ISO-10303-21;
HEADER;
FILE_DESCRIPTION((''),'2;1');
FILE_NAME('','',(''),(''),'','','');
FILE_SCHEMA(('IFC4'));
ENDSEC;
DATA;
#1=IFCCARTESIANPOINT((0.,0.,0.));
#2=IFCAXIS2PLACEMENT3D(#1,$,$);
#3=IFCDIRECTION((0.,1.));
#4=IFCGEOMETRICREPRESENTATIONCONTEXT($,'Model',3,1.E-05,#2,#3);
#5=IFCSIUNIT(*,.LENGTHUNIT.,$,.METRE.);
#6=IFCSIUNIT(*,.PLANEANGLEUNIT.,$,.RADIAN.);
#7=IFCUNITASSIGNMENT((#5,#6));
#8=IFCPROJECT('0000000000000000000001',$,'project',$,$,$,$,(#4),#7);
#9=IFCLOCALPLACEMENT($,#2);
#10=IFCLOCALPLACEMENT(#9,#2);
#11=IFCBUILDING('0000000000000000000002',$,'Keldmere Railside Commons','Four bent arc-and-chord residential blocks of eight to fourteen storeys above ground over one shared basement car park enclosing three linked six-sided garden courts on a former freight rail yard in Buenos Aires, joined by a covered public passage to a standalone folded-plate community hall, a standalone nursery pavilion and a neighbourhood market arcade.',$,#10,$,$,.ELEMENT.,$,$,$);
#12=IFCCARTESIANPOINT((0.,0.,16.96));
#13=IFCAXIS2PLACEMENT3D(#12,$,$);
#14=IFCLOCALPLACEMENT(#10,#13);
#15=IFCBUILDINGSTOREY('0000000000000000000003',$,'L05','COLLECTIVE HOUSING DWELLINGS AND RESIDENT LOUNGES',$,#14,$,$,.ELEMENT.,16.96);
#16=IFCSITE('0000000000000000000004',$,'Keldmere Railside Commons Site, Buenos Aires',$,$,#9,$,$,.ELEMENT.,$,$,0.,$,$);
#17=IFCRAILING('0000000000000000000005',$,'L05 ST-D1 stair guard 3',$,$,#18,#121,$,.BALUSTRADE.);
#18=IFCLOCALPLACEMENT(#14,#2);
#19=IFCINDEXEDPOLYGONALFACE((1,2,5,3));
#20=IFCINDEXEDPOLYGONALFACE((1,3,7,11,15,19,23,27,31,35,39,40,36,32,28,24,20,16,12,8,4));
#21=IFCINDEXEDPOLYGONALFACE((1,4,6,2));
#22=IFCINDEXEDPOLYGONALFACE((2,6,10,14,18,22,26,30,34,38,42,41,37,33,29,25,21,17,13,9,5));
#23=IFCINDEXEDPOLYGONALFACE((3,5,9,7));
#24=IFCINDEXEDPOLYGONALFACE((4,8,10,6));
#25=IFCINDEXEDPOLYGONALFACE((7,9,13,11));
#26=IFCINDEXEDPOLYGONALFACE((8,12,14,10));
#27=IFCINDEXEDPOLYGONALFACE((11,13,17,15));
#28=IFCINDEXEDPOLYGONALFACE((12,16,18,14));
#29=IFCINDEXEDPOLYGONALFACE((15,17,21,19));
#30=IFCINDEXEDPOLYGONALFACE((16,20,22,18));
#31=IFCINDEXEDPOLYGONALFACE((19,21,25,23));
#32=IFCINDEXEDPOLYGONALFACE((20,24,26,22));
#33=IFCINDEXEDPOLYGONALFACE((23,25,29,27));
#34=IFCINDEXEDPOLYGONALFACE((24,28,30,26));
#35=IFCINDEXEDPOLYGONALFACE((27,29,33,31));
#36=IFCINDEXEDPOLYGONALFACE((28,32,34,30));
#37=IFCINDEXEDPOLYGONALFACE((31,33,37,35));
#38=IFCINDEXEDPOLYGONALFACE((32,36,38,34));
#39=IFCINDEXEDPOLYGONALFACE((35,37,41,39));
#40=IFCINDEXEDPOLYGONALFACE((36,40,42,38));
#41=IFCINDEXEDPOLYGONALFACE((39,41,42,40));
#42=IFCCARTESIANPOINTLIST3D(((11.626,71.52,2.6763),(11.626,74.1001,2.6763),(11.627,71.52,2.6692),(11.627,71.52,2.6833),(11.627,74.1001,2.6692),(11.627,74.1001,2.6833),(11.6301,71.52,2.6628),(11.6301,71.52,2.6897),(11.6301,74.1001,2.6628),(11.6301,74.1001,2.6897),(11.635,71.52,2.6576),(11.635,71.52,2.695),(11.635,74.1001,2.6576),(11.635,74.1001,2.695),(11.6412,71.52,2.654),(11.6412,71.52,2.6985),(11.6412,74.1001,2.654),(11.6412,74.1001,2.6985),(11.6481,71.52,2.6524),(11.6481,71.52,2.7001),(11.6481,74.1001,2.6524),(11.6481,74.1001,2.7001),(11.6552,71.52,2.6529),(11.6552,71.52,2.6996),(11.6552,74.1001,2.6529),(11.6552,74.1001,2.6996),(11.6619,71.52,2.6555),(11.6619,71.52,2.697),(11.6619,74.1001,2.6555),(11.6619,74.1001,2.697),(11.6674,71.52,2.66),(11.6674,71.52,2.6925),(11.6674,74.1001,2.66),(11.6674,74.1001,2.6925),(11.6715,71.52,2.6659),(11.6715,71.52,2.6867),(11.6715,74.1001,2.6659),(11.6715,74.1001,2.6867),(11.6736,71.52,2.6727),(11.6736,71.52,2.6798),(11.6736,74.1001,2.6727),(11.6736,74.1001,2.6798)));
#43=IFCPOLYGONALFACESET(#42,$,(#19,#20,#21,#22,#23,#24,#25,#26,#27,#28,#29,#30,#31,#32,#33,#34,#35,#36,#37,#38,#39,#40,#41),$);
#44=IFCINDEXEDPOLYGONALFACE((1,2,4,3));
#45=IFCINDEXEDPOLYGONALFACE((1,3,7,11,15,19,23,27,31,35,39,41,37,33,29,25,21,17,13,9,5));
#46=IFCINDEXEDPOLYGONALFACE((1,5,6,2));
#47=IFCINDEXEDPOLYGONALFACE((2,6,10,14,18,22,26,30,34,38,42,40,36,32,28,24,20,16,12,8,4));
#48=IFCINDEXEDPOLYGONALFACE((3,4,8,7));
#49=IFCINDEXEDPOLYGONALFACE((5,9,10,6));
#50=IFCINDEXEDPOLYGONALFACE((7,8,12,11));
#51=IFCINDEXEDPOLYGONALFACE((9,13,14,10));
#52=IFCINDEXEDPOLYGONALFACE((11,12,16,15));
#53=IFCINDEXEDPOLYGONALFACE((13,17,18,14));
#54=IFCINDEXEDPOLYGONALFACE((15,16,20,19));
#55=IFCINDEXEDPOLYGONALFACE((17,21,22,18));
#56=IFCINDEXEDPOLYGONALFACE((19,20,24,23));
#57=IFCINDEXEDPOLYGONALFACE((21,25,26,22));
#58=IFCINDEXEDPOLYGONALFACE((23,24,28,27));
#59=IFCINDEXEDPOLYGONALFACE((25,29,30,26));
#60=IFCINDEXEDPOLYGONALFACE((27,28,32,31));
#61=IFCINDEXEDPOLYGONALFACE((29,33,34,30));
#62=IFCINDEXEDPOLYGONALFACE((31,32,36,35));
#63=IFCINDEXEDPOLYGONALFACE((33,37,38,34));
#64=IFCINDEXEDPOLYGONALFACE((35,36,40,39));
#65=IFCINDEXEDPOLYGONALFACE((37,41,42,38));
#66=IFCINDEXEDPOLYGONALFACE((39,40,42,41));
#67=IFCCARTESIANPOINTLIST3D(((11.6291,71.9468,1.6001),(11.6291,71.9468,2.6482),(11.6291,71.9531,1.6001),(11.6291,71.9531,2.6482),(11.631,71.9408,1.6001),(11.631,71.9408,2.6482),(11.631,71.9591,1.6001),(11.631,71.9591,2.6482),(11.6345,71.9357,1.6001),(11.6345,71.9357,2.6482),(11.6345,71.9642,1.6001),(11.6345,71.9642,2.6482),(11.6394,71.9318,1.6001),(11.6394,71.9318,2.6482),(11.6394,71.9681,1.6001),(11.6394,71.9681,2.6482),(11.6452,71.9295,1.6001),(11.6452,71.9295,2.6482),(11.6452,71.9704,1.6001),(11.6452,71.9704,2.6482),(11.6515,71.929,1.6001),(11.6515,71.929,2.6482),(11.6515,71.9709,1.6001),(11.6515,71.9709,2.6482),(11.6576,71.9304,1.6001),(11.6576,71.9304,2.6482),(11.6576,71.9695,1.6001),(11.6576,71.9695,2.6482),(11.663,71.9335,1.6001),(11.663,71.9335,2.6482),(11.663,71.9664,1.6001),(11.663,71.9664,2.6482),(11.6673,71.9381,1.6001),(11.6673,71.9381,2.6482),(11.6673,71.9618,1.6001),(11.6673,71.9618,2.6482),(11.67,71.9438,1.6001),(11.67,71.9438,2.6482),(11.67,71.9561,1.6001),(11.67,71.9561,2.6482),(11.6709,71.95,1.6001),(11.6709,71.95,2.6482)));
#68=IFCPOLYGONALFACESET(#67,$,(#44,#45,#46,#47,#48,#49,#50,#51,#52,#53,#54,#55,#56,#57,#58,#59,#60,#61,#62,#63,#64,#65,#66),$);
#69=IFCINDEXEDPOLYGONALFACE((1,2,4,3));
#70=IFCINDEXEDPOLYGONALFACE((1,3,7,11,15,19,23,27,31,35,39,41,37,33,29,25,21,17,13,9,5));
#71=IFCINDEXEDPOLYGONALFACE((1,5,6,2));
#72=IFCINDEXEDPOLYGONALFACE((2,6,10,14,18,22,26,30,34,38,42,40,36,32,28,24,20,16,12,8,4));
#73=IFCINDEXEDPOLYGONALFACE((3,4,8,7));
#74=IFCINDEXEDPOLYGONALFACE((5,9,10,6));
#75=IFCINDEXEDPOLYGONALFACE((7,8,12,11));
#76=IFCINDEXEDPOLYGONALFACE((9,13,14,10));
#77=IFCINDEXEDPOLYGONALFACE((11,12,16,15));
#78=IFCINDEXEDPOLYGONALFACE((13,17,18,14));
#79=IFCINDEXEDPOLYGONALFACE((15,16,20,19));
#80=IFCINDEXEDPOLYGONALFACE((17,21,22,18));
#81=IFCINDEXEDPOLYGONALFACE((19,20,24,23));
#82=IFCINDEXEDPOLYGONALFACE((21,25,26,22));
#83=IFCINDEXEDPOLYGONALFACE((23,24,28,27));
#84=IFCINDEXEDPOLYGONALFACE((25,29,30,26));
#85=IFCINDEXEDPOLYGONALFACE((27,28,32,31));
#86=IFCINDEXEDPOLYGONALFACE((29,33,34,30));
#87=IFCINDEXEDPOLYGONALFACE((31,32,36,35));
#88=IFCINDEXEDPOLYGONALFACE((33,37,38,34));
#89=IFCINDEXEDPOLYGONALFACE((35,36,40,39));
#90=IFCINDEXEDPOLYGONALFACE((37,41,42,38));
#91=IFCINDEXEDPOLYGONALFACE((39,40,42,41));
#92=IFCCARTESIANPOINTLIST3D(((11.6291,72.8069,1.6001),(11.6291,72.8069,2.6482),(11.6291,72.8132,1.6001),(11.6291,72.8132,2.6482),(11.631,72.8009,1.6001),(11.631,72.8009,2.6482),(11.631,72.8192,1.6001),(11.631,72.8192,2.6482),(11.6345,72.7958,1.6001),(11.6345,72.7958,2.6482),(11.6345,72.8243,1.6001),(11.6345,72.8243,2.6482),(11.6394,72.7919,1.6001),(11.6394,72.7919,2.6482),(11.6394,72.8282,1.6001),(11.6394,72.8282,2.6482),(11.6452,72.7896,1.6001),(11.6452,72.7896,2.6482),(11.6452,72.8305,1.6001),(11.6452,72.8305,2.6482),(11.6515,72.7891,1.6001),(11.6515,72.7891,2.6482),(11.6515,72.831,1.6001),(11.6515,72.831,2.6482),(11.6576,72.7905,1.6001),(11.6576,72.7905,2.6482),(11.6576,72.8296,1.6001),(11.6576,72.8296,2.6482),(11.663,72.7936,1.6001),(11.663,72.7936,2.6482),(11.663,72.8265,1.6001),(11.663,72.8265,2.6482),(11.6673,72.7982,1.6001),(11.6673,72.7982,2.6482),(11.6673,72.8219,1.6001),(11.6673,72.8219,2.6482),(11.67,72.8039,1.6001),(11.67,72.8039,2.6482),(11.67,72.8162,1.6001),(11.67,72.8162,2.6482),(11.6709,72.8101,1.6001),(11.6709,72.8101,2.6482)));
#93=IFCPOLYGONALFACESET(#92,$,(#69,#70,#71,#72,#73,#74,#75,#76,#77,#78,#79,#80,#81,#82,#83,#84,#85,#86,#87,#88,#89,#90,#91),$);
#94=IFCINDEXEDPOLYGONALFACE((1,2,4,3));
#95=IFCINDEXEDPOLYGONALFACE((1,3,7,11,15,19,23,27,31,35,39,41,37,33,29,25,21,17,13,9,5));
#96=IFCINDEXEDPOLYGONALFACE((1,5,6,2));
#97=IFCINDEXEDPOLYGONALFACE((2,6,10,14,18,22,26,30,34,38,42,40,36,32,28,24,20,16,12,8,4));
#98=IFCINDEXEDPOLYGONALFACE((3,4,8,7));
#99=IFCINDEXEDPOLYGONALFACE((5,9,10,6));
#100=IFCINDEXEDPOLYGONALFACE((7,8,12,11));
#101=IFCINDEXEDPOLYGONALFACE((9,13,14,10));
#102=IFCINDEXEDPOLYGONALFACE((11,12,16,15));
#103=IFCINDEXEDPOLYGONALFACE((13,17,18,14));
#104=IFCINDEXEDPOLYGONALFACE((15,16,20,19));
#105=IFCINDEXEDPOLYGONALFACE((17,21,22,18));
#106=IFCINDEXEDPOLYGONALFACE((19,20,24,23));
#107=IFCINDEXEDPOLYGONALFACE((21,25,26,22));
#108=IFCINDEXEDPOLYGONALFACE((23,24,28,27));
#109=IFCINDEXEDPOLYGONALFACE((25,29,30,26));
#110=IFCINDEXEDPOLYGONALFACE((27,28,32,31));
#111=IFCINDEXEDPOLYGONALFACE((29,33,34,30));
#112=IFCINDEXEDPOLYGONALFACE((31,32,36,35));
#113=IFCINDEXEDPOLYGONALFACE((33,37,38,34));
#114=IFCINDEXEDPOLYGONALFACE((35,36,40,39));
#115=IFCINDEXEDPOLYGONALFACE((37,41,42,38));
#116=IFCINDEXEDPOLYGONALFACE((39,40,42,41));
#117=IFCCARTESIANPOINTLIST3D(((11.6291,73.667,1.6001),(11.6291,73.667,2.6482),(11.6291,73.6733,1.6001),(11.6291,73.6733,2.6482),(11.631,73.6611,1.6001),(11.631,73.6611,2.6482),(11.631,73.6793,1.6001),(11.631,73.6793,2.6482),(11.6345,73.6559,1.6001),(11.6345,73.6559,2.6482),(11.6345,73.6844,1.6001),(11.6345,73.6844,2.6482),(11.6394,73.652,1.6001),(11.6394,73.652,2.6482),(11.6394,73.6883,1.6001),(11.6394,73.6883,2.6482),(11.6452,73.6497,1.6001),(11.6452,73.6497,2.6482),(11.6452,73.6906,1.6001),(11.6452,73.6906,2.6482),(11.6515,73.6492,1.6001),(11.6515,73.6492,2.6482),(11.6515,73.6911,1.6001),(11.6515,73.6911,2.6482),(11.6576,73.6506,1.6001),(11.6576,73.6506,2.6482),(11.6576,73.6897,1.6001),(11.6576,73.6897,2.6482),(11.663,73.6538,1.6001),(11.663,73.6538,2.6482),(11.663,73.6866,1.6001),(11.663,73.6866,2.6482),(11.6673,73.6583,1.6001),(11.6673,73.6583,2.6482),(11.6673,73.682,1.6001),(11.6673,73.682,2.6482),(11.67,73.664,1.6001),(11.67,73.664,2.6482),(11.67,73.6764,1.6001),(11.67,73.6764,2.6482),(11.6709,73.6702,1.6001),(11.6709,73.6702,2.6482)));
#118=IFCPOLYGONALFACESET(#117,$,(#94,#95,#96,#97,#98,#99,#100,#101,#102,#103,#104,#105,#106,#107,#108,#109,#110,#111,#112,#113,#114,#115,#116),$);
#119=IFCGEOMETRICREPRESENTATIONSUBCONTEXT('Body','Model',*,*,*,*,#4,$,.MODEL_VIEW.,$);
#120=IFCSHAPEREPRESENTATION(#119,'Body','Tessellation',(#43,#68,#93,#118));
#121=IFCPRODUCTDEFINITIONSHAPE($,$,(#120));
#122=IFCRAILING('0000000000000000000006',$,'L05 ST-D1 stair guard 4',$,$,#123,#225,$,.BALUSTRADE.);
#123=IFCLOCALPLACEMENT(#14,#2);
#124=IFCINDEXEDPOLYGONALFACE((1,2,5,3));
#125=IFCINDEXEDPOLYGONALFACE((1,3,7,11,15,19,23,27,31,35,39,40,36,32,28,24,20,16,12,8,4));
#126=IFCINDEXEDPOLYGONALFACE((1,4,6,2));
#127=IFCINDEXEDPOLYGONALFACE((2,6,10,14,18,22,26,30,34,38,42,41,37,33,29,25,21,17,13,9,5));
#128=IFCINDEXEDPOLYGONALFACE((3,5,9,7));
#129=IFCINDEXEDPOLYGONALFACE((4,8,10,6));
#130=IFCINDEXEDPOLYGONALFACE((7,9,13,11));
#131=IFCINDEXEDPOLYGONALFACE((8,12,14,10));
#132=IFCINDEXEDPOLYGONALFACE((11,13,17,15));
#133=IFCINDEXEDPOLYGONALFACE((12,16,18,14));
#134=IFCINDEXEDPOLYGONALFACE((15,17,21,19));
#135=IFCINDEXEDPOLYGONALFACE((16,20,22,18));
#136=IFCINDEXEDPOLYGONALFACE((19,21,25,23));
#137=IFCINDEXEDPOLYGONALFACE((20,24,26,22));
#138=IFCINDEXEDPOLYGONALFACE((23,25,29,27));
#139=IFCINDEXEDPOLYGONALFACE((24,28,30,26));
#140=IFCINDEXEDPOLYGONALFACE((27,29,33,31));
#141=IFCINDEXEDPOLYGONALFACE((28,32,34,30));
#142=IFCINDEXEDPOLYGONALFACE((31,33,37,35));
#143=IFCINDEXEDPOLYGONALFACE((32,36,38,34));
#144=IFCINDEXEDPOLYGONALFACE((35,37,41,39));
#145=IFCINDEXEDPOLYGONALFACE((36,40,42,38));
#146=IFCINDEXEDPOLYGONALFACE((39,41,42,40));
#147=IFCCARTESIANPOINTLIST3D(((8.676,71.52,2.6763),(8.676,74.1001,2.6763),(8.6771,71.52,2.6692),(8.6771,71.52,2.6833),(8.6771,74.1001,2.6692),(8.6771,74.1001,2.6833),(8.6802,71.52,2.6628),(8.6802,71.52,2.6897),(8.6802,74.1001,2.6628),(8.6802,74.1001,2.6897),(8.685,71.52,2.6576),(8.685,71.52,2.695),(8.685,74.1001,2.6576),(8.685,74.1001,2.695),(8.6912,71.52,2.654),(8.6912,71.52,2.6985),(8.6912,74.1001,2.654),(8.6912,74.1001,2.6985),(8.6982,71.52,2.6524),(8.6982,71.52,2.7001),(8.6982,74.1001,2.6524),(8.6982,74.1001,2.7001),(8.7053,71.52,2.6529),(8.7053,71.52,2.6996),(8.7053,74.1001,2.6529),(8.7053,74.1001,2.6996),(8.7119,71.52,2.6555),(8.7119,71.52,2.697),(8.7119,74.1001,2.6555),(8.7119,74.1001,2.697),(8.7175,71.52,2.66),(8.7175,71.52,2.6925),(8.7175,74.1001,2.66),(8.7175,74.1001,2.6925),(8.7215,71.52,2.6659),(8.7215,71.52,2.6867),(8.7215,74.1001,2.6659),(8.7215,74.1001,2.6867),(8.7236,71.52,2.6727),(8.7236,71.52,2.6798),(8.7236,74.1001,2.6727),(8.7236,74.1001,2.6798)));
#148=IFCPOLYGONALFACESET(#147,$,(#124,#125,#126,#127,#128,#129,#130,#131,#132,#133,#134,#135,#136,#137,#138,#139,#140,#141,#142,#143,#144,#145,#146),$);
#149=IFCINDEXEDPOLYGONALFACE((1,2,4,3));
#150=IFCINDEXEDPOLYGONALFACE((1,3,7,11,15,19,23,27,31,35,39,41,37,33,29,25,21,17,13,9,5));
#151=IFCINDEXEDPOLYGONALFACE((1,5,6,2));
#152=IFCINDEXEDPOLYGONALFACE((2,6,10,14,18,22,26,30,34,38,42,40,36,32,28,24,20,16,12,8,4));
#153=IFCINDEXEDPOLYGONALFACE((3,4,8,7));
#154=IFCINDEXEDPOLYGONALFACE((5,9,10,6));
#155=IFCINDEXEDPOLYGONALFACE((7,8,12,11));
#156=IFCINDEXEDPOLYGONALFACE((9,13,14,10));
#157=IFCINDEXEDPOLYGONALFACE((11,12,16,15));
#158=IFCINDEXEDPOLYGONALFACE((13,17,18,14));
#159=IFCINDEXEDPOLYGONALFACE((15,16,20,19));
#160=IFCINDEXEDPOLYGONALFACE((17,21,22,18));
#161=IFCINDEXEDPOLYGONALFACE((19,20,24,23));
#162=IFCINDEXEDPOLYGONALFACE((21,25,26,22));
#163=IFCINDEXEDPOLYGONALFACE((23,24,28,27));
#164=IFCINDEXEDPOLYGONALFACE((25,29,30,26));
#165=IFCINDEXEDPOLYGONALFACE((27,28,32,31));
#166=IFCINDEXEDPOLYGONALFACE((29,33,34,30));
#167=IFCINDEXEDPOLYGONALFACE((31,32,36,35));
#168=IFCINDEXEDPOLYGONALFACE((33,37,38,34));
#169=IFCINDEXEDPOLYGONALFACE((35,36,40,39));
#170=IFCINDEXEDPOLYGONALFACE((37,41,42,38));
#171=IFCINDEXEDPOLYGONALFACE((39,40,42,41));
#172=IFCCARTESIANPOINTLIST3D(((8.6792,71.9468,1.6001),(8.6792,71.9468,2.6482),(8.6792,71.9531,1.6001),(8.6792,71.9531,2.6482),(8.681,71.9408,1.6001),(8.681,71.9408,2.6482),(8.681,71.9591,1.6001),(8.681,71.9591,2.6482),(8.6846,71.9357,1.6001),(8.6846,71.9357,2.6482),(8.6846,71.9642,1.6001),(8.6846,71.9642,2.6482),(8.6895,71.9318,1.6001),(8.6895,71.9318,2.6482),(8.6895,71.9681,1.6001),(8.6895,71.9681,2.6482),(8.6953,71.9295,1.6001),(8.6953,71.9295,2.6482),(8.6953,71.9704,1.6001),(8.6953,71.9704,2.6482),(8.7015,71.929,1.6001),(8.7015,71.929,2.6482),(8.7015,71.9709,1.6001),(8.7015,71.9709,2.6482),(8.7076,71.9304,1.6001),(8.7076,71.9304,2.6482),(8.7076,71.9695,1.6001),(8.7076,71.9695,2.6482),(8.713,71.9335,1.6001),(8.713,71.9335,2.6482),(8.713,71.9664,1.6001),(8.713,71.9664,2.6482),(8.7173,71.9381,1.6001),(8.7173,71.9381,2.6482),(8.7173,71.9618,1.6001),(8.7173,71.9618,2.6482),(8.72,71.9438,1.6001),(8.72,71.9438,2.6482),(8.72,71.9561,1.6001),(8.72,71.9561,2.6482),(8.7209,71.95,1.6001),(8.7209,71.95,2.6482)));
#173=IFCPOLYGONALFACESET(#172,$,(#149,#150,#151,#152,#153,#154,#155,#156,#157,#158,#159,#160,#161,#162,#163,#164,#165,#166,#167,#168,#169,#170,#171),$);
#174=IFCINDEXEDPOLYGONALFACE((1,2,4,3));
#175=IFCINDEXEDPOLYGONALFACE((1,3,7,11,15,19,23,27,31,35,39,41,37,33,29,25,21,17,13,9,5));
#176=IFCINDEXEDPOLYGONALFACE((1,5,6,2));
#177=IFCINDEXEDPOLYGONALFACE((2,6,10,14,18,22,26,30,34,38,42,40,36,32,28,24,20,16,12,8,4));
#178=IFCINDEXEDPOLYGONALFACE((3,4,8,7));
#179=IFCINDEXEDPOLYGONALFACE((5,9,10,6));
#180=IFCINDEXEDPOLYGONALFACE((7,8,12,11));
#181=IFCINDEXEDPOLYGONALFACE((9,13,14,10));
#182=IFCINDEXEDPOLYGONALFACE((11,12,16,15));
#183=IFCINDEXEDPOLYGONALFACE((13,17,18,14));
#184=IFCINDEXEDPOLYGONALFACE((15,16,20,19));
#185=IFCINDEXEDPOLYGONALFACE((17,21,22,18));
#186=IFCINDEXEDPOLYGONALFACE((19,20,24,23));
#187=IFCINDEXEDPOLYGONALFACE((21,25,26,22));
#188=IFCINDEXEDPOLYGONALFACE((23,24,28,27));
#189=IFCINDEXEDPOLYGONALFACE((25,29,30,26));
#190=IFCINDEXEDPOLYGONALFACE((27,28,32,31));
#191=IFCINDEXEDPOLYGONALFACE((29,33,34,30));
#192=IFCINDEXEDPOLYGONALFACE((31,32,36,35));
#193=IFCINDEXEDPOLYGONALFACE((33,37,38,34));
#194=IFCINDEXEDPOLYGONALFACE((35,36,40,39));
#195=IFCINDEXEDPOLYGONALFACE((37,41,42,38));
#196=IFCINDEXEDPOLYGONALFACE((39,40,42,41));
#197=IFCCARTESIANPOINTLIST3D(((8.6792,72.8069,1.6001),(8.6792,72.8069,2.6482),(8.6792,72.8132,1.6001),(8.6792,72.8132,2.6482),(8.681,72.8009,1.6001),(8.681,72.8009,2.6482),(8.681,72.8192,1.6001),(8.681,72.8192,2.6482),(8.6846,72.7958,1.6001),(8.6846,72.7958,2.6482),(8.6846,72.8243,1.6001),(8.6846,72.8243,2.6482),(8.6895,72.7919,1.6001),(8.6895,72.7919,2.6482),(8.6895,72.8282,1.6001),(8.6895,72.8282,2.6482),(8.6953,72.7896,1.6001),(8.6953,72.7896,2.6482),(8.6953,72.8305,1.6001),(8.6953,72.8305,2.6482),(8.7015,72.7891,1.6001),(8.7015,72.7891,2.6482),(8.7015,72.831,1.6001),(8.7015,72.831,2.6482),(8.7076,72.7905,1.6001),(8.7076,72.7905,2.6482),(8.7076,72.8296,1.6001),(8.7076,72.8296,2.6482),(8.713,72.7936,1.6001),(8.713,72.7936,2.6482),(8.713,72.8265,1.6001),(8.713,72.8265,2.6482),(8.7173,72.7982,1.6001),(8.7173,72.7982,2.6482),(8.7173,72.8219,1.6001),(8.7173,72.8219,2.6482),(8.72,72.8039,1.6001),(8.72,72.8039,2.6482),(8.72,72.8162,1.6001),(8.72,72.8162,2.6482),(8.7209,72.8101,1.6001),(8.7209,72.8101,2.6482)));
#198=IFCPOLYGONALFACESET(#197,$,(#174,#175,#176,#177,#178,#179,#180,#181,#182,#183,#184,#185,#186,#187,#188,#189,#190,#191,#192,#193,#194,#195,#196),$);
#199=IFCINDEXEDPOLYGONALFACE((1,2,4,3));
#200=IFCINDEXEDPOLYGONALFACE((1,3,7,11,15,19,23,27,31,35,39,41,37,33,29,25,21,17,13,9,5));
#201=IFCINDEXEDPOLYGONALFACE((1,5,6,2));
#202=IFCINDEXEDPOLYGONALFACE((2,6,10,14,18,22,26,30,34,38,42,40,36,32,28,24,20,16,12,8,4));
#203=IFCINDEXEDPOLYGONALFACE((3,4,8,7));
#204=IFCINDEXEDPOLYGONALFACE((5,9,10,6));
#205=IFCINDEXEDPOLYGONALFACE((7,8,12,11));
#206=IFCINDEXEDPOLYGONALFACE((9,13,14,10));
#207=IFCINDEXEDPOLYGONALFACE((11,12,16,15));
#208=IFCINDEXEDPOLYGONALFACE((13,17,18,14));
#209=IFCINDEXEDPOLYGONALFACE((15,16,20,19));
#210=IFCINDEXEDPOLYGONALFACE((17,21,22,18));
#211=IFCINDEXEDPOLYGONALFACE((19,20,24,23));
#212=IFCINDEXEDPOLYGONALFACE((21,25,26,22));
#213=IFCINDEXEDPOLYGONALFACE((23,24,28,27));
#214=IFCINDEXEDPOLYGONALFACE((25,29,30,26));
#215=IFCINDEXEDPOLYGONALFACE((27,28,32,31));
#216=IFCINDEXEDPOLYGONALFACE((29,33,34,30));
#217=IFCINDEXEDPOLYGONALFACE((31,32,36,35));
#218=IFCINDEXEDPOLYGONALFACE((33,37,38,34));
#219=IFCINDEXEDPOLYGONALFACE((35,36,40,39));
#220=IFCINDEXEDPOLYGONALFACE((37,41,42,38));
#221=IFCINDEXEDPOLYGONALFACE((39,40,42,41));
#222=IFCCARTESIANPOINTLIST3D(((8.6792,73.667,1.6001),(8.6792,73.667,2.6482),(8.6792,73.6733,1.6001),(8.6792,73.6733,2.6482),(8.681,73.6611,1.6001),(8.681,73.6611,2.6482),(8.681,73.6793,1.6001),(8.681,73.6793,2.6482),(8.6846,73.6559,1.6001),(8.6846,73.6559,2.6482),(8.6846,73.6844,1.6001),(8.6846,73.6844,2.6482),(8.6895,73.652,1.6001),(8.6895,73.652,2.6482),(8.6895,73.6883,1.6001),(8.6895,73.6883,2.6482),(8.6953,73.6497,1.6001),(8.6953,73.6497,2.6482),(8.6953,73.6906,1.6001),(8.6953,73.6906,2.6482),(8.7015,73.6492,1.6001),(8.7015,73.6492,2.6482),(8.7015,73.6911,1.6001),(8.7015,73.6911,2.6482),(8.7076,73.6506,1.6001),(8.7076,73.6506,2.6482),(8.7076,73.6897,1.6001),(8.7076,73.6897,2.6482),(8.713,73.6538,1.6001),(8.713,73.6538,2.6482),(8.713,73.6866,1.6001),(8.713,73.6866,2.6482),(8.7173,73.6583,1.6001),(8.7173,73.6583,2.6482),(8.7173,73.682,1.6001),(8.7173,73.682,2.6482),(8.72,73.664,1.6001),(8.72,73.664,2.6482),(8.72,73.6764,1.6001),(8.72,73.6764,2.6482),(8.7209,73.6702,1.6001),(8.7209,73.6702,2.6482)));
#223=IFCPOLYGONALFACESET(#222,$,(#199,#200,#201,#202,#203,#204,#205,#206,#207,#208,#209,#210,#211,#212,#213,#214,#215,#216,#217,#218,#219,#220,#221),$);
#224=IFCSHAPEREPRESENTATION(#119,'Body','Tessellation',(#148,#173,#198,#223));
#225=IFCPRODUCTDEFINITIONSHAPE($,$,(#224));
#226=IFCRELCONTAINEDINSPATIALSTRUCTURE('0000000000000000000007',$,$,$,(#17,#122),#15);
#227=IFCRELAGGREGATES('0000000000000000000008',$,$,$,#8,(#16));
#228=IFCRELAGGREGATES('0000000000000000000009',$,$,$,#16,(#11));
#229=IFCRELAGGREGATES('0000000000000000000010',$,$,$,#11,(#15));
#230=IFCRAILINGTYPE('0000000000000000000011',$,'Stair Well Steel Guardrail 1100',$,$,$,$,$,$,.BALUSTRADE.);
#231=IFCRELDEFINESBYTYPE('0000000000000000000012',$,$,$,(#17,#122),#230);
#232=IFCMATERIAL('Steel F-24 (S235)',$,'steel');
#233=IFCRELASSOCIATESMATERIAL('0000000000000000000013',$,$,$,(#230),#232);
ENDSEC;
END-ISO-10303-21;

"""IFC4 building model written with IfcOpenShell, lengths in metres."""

from ifc_helpers import new_model, si_unit, direction, frame, origin, origin_2d, place, context, subcontext, project, spatial, circle, extrude, material, type_object, element, save


model = new_model("IFC4")

# Units and contexts
model_context = context("Model", 3, precision=1e-05, world=origin(), true_north=direction((0.0, 1.0)))
body_context = subcontext(model_context, "Body", "Model", "MODEL_VIEW")
ifc_project = project(units=[si_unit("LENGTHUNIT", "METRE"), si_unit("PLANEANGLEUNIT", "RADIAN")], contexts=[model_context])

# Site, building, storey
site_placement = place(None, origin())
site = spatial("IfcSite", under=ifc_project, at=site_placement, Name="Keldmere Railside Commons Site, Buenos Aires", CompositionType="ELEMENT", RefElevation=0.0)
building_placement = place(site_placement, origin())
building = spatial("IfcBuilding", under=site, at=building_placement, Name="Keldmere Railside Commons", Description="Four bent arc-and-chord residential blocks of eight to fourteen storeys above ground over one shared basement car park enclosing three linked six-sided garden courts on a former freight rail yard in Buenos Aires, joined by a covered public passage to a standalone folded-plate community hall, a standalone nursery pavilion and a neighbourhood market arcade.", CompositionType="ELEMENT")
storey_placement = place(building_placement, frame((0.0, 0.0, 16.96)))
storey = spatial("IfcBuildingStorey", under=building, at=storey_placement, Name="L05", Description="COLLECTIVE HOUSING DWELLINGS AND RESIDENT LOUNGES", CompositionType="ELEMENT", Elevation=16.96)

# Railings
ifc_material_1 = material(Name="Steel F-24 (S235)", Category="steel")
railing_type_1 = type_object("IfcRailingType", Name="Stair Well Steel Guardrail 1100", PredefinedType="BALUSTRADE", material=ifc_material_1)
for number, where, name in (
    (1, (11.6499, 71.52, 1.6001), "L05 ST-D1 stair guard 3"),
    (2, (8.7, 71.52, 1.6001), "L05 ST-D1 stair guard 4"),
):
    element("IfcRailing", number, at=place(storey_placement, frame(where)), inside=storey, type_object=railing_type_1, Name=name, PredefinedType="BALUSTRADE", context=body_context, shape_type="SweptSolid", body=[
        extrude(circle(Radius=0.0239, at=origin_2d()), frame((0.0, 0.0, 1.0762), z_axis=(0.0, 1.0, 0.0), x_axis=(-1.0, 0.0, 0.0)), (0.0, 0.0, 1.0), 2.5801),
        extrude(circle(Radius=0.021, at=origin_2d()), frame((0.0, 0.4299, 0.0)), (0.0, 0.0, 1.0), 1.0481),
        extrude(circle(Radius=0.021, at=origin_2d()), frame((0.0, 1.29, 0.0)), (0.0, 0.0, 1.0), 1.0481),
        extrude(circle(Radius=0.021, at=origin_2d()), frame((0.0, 2.1501, 0.0)), (0.0, 0.0, 1.0), 1.0481),
    ])

save(model, "model.ifc")
